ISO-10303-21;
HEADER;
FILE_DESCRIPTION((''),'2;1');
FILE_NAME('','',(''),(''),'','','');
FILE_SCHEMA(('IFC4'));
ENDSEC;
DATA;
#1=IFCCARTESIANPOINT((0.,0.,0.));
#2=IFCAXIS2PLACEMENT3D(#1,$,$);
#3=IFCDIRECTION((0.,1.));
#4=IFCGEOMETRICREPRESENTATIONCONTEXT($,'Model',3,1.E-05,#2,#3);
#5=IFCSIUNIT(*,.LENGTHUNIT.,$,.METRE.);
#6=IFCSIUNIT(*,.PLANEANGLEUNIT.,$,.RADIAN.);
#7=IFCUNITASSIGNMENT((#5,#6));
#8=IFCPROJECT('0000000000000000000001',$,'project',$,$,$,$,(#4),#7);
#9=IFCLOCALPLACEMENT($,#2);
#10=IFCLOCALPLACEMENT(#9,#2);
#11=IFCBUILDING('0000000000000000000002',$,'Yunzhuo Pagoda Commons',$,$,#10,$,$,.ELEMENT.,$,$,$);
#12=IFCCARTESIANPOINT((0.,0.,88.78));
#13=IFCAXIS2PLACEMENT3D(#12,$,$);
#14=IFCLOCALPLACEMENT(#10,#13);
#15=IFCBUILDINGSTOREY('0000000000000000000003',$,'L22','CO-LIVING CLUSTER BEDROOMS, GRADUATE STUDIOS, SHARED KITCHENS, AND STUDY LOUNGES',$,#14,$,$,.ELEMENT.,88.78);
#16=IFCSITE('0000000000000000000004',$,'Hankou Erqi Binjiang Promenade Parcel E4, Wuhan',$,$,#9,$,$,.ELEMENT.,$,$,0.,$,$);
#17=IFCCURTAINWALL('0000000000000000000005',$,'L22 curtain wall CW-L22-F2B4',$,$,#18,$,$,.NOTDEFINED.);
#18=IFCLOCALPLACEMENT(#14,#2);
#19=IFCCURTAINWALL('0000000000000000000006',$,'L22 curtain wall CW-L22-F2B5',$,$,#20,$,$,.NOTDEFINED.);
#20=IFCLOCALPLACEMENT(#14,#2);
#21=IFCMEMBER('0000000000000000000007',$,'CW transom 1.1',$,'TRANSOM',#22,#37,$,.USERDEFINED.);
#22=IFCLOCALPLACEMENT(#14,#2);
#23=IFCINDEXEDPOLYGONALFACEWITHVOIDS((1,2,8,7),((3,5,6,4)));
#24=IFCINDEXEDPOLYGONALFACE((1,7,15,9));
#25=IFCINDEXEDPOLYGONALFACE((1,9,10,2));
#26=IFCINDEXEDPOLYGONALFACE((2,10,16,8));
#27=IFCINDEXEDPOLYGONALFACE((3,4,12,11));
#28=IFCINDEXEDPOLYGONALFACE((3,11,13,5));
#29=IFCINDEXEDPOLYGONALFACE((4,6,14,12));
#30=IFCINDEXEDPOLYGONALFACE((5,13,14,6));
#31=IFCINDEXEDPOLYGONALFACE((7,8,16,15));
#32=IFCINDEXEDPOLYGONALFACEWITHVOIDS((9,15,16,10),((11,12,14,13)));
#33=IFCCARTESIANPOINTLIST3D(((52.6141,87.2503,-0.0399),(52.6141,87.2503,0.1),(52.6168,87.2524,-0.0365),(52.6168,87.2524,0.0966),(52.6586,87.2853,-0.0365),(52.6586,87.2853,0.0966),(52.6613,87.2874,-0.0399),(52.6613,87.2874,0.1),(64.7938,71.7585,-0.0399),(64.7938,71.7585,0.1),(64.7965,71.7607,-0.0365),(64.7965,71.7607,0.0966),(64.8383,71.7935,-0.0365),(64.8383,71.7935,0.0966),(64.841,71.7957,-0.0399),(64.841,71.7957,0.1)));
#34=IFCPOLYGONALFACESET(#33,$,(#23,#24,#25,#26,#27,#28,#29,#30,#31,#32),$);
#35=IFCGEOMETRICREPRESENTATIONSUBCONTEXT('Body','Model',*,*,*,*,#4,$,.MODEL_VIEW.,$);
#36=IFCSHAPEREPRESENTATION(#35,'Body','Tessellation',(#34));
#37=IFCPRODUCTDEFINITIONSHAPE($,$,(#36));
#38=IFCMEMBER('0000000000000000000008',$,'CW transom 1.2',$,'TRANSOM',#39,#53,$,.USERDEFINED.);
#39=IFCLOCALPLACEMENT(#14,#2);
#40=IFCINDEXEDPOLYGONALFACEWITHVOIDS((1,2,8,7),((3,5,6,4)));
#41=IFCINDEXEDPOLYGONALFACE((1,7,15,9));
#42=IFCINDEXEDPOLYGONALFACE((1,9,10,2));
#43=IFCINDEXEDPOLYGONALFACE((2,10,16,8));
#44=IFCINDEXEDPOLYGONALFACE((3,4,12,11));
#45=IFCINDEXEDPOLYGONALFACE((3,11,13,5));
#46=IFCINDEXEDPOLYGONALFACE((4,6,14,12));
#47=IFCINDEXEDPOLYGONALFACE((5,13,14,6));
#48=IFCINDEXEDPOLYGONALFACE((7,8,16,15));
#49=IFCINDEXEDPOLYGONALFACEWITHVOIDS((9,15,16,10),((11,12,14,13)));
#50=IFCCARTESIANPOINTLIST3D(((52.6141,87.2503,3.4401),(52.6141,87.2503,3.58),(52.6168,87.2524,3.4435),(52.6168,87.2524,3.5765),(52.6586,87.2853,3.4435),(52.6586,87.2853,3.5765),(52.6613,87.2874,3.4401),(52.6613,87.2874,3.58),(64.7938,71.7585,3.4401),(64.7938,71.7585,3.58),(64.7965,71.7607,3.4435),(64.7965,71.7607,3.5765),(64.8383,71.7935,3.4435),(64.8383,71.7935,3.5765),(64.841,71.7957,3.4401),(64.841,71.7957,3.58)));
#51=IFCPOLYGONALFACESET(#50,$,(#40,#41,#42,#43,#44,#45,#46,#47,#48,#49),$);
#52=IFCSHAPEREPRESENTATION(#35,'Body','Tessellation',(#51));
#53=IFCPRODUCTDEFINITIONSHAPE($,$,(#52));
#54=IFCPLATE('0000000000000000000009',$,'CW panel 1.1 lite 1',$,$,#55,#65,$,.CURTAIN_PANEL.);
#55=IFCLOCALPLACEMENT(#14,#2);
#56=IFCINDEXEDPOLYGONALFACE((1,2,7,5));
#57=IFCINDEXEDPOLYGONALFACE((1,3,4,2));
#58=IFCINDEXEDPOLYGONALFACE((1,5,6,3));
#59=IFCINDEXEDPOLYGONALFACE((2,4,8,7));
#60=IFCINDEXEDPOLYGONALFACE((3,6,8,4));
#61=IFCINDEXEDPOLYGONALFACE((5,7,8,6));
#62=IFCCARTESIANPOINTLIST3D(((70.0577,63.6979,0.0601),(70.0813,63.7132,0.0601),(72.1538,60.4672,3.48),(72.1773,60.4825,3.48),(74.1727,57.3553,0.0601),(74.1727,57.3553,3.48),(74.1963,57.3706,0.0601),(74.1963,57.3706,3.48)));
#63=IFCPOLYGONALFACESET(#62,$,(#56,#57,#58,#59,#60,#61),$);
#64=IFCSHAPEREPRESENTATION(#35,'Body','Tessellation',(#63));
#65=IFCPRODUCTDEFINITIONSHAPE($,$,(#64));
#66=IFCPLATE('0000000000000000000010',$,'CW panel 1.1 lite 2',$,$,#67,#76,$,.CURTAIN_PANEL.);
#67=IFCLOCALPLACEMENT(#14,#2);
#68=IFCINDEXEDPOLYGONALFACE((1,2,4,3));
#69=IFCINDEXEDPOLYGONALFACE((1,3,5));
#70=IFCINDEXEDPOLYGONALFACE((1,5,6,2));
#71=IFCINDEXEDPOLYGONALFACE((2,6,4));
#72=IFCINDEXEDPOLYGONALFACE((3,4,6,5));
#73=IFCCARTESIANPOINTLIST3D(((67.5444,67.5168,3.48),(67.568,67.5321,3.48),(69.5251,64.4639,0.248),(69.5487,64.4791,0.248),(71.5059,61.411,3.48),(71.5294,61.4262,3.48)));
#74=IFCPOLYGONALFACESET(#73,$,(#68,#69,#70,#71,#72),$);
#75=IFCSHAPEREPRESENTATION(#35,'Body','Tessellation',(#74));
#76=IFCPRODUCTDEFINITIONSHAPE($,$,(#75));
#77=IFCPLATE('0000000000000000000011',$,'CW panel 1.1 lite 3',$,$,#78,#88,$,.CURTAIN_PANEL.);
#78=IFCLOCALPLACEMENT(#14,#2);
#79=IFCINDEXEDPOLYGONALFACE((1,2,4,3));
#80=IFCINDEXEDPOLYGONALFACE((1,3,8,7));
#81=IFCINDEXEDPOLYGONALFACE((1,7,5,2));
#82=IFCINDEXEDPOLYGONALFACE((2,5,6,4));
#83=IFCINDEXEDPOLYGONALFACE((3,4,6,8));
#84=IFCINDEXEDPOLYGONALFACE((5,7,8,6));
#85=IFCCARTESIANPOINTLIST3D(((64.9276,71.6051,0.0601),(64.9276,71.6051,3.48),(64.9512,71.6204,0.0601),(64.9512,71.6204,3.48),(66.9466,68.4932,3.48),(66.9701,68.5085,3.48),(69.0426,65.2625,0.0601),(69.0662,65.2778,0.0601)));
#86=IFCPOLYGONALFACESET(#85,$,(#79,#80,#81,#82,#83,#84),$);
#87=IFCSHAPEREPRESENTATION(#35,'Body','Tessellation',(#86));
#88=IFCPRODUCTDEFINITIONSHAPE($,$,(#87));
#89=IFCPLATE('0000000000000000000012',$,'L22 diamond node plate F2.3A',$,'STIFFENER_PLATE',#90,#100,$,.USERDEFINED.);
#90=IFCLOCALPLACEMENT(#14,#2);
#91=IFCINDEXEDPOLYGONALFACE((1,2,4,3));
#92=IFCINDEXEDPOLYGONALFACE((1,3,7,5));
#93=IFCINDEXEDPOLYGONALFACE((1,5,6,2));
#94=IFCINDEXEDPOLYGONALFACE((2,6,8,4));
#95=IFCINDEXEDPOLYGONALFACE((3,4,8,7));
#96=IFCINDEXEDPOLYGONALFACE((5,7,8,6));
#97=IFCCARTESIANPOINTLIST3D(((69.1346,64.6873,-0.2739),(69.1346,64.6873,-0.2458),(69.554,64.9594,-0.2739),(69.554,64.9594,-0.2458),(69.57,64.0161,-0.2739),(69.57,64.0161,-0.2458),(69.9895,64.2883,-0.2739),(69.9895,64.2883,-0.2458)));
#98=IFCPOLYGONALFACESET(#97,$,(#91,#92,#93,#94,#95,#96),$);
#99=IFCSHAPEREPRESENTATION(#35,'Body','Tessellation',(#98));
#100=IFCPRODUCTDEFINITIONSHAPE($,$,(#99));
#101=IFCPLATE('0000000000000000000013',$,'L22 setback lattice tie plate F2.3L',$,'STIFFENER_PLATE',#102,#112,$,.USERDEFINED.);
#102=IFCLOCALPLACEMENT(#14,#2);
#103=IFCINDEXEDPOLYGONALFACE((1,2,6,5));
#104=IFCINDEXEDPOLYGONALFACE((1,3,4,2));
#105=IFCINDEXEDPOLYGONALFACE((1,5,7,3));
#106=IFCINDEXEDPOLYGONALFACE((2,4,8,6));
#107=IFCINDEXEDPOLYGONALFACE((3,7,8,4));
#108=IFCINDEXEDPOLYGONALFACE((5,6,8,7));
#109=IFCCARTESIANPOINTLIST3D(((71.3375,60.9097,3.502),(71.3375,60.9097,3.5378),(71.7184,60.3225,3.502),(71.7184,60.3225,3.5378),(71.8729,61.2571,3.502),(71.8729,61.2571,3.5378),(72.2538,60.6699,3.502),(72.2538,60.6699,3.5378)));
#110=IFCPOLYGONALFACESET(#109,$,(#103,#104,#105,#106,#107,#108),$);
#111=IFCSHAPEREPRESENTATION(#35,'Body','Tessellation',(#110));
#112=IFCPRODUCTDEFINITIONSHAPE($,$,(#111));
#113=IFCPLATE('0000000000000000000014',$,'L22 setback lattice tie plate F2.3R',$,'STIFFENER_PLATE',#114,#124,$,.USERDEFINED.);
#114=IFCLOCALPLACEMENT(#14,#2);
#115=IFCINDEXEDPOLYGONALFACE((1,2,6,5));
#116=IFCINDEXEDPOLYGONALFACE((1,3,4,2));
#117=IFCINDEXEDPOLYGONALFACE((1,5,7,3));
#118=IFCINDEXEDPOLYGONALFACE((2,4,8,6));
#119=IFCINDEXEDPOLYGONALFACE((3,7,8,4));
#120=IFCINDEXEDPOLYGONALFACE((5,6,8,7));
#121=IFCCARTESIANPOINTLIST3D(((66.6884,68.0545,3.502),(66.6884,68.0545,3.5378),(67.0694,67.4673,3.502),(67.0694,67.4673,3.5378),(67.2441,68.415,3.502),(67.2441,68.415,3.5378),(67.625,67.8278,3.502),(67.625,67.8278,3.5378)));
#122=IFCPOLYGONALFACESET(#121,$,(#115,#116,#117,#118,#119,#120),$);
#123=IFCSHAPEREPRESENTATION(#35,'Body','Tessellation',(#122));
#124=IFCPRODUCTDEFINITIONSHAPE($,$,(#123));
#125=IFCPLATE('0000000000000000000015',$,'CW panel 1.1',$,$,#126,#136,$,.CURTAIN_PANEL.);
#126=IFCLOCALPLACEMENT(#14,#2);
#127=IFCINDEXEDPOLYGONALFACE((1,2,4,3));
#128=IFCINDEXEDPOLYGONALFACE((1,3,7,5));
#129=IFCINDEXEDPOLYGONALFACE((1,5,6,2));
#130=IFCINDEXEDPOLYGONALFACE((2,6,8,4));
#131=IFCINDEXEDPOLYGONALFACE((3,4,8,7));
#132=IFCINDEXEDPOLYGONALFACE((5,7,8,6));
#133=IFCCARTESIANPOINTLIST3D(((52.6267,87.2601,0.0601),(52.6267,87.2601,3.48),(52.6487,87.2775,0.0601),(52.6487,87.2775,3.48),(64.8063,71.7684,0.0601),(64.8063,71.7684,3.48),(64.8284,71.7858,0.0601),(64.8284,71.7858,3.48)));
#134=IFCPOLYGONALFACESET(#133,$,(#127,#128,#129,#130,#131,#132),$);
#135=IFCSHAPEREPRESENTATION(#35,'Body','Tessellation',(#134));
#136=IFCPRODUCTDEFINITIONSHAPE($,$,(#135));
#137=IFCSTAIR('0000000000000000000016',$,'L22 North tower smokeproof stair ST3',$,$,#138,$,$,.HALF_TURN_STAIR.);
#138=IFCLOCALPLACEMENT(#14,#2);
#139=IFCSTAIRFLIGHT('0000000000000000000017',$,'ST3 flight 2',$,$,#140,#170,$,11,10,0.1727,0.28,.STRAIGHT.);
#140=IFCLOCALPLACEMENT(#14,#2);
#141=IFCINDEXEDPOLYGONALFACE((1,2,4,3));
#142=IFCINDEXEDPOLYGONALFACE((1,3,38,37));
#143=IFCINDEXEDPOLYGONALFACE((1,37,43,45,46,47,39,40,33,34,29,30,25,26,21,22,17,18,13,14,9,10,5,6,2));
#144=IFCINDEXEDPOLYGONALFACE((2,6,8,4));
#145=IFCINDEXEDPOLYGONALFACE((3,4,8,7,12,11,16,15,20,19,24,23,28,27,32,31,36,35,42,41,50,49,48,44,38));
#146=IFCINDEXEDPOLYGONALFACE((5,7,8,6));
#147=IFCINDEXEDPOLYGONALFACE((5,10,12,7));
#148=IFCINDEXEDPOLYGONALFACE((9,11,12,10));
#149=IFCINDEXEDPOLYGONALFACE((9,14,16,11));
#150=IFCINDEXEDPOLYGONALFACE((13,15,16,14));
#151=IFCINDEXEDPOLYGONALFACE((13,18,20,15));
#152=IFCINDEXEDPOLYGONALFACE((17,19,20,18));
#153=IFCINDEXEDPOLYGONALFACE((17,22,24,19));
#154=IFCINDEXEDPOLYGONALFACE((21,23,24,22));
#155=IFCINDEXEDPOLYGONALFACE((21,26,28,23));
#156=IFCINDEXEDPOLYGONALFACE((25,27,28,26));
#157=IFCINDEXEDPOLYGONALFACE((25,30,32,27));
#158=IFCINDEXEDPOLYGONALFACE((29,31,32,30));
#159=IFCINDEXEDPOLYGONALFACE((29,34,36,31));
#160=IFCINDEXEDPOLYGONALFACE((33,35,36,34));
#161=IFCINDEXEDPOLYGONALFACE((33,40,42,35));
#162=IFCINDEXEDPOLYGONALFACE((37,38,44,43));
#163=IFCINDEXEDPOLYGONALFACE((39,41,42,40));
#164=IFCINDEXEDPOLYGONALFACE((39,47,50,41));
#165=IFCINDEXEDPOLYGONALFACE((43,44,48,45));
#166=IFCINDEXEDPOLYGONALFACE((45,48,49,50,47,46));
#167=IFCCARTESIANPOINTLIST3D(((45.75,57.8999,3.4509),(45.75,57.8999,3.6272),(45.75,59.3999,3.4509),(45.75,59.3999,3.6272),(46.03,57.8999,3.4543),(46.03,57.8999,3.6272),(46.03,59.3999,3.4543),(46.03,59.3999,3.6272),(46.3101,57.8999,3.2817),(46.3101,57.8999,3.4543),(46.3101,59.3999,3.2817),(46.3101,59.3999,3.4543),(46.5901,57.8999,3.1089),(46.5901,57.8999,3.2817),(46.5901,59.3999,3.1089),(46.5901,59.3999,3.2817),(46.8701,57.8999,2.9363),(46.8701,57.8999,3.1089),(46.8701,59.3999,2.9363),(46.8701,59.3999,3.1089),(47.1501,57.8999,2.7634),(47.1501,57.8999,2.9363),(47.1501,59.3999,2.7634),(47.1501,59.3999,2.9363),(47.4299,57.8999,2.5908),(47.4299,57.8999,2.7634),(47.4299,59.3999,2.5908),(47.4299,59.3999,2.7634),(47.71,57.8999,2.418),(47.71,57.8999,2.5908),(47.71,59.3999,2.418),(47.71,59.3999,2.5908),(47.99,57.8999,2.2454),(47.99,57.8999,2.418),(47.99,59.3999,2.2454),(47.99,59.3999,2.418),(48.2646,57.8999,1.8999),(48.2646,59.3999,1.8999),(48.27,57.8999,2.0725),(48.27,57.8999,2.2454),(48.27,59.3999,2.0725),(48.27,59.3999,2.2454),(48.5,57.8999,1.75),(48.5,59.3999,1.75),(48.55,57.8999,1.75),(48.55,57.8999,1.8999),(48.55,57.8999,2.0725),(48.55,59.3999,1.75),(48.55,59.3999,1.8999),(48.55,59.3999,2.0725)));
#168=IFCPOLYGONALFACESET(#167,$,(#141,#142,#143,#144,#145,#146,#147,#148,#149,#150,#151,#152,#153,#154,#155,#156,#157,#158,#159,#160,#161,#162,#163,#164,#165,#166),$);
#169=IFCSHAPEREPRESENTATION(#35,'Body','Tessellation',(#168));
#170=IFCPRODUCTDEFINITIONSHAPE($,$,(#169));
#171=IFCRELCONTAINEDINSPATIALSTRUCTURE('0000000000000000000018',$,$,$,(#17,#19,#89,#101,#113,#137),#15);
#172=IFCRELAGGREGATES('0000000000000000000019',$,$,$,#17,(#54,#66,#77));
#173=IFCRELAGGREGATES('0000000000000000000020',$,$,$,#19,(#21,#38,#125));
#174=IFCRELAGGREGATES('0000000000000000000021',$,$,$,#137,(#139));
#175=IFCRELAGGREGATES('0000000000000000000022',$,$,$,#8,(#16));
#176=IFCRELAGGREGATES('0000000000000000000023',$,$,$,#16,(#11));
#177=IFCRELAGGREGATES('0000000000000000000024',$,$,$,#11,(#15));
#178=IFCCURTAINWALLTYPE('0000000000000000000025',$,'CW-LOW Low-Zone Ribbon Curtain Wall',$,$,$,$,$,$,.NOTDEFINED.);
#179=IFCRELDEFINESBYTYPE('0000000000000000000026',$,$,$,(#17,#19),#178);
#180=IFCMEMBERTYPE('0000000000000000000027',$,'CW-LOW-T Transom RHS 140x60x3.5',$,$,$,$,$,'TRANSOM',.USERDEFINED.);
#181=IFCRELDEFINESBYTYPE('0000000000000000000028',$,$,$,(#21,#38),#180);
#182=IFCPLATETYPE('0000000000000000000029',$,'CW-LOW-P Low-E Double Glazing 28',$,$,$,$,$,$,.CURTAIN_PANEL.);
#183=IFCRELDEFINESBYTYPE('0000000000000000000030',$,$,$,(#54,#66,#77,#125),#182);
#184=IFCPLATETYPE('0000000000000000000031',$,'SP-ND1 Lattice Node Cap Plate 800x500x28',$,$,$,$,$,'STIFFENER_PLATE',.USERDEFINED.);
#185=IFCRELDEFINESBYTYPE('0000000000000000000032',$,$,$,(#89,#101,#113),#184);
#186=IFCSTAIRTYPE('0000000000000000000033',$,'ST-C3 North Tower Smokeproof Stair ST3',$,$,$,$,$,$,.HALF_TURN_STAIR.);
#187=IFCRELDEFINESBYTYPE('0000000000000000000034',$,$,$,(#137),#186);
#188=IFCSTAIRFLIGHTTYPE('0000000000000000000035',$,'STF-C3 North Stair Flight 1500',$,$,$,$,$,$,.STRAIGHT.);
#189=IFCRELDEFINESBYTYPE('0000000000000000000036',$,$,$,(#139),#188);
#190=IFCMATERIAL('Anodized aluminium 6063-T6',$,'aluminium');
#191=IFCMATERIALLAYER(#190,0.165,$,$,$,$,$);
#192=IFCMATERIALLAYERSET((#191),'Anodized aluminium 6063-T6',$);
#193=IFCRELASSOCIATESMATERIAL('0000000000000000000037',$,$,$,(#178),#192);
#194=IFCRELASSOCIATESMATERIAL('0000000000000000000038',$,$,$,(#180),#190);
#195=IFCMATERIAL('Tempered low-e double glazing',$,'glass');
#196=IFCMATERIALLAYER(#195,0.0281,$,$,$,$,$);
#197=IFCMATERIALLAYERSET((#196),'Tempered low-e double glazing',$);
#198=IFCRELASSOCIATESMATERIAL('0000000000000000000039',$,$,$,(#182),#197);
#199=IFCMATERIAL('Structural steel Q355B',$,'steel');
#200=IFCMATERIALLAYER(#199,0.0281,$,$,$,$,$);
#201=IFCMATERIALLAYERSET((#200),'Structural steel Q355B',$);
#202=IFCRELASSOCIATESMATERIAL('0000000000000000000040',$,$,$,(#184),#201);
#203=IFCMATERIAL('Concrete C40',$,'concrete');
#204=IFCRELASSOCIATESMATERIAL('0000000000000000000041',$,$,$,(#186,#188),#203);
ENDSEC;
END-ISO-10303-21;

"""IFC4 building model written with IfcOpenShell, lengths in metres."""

from ifc_helpers import new_model, si_unit, direction, frame, origin, origin_2d, place, context, subcontext, project, spatial, polyline, rectangle, hollow_rectangle, outline, extrude, source, transform, mapped, material, layer, layer_set, material_profile, profile_set, type_object, element, aggregate, save


model = new_model("IFC4")

# Units and contexts
model_context = context("Model", 3, precision=1e-05, world=origin(), true_north=direction((0.0, 1.0)))
body_context = subcontext(model_context, "Body", "Model", "MODEL_VIEW")
ifc_project = project(units=[si_unit("LENGTHUNIT", "METRE"), si_unit("PLANEANGLEUNIT", "RADIAN")], contexts=[model_context])

# Site, building, storey
site_placement = place(None, origin())
site = spatial("IfcSite", under=ifc_project, at=site_placement, Name="Hankou Erqi Binjiang Promenade Parcel E4, Wuhan", CompositionType="ELEMENT", RefElevation=0.0)
building_placement = place(site_placement, origin())
building = spatial("IfcBuilding", under=site, at=building_placement, Name="Yunzhuo Pagoda Commons", CompositionType="ELEMENT")
storey_placement = place(building_placement, frame((0.0, 0.0, 88.78)))
storey = spatial("IfcBuildingStorey", under=building, at=storey_placement, Name="L22", Description="CO-LIVING CLUSTER BEDROOMS, GRADUATE STUDIOS, SHARED KITCHENS, AND STUDY LOUNGES", CompositionType="ELEMENT", Elevation=88.78)

# Shared definitions
ifc_material_1 = material(Name="Structural steel Q355B", Category="steel")

# Curtain wall
ifc_material_2 = material(Name="Anodized aluminium 6063-T6", Category="aluminium")
ifc_layer_1 = layer(ifc_material_2, 0.165)
ifc_layer_set_1 = layer_set([ifc_layer_1], Name="Anodized aluminium 6063-T6")
curtain_wall_type = type_object("IfcCurtainWallType", Name="CW-LOW Low-Zone Ribbon Curtain Wall", PredefinedType="NOTDEFINED", material=ifc_layer_set_1)
curtain_wall_1_placement = place(storey_placement, origin())
curtain_wall_1 = element("IfcCurtainWall", 1, at=curtain_wall_1_placement, inside=storey, type_object=curtain_wall_type, Name="L22 curtain wall CW-L22-F2B4", PredefinedType="NOTDEFINED")

# Curtain wall, members
curtain_wall_2_placement = place(storey_placement, origin())
curtain_wall_2 = element("IfcCurtainWall", 2, at=curtain_wall_2_placement, inside=storey, type_object=curtain_wall_type, Name="L22 curtain wall CW-L22-F2B5", PredefinedType="NOTDEFINED")
ifc_material_profile_1 = material_profile(ifc_material_2, hollow_rectangle(XDim=0.0601, YDim=0.1399, WallThickness=0.0034, at=origin_2d()), Name="Anodized aluminium 6063-T6")
ifc_profile_set_1 = profile_set([ifc_material_profile_1], Name="Anodized aluminium 6063-T6")
member_type_1 = type_object("IfcMemberType", Name="CW-LOW-T Transom RHS 140x60x3.5", ElementType="TRANSOM", PredefinedType="USERDEFINED", material=ifc_profile_set_1)
shared_shape_1 = source(origin(), body_context, "Body", "SweptSolid", [
    extrude(hollow_rectangle(XDim=0.0601, YDim=0.1399, WallThickness=0.0034, at=origin_2d()), origin(), (0.0, 0.0, 1.0), 19.7063),
])
member_1_placement = place(storey_placement, frame((64.8174, 71.7771, 0.03), z_axis=(-0.618061, 0.78613, 0.0), x_axis=(-0.78613, -0.618061, 0.0)))
member_1 = element("IfcMember", 3, at=member_1_placement, type_object=member_type_1, Name="CW transom 1.1", ObjectType="TRANSOM", PredefinedType="USERDEFINED", context=body_context, shape_type="MappedRepresentation", body=[
    mapped(shared_shape_1, transform((0.0, 0.0, 0.0), scale=1.0)),
])
member_2_placement = place(storey_placement, frame((64.8174, 71.7771, 3.51), z_axis=(-0.618061, 0.78613, 0.0), x_axis=(-0.78613, -0.618061, 0.0)))
member_2 = element("IfcMember", 4, at=member_2_placement, type_object=member_type_1, Name="CW transom 1.2", ObjectType="TRANSOM", PredefinedType="USERDEFINED", context=body_context, shape_type="MappedRepresentation", body=[
    mapped(shared_shape_1, transform((0.0, 0.0, 0.0), scale=1.0)),
])

# Plates
ifc_material_3 = material(Name="Tempered low-e double glazing", Category="glass")
ifc_layer_2 = layer(ifc_material_3, 0.0281)
ifc_layer_set_2 = layer_set([ifc_layer_2], Name="Tempered low-e double glazing")
plate_type_1 = type_object("IfcPlateType", Name="CW-LOW-P Low-E Double Glazing 28", PredefinedType="CURTAIN_PANEL", material=ifc_layer_set_2)
plate_1_placement = place(storey_placement, frame((72.1152, 60.5266, 1.77), z_axis=(0.838907, 0.544275, 0.0), x_axis=(-0.544275, 0.838907, 0.0)))
plate_1 = element("IfcPlate", 5, at=plate_1_placement, type_object=plate_type_1, Name="CW panel 1.1 lite 1", PredefinedType="CURTAIN_PANEL", context=body_context, shape_type="SweptSolid", body=[
    extrude(outline(polyline([(-3.7803, -1.71), (3.7803, -1.71), (-0.0708, 1.71), (-3.7803, 1.71), (-3.7803, -1.71)])), origin(), (0.0, 0.0, 1.0), 0.0281),
])
plate_2_placement = place(storey_placement, frame((69.5251, 64.4639, 1.864), z_axis=(0.838907, 0.544275, 0.0), x_axis=(-0.544275, 0.838907, 0.0)))
plate_2 = element("IfcPlate", 6, at=plate_2_placement, type_object=plate_type_1, Name="CW panel 1.1 lite 2", PredefinedType="CURTAIN_PANEL", context=body_context, shape_type="SweptSolid", body=[
    extrude(outline(polyline([(-3.6392, 1.616), (0.0, -1.616), (3.6392, 1.616), (-3.6392, 1.616)])), origin(), (0.0, 0.0, 1.0), 0.0281),
])
plate_3_placement = place(storey_placement, frame((66.9851, 68.4338, 1.77), z_axis=(0.838907, 0.544275, 0.0), x_axis=(-0.544275, 0.838907, 0.0)))
plate_3 = element("IfcPlate", 7, at=plate_3_placement, type_object=plate_type_1, Name="CW panel 1.1 lite 3", PredefinedType="CURTAIN_PANEL", context=body_context, shape_type="SweptSolid", body=[
    extrude(outline(polyline([(-3.7803, -1.71), (3.7803, -1.71), (3.7803, 1.71), (0.0708, 1.71), (-3.7803, -1.71)])), origin(), (0.0, 0.0, 1.0), 0.0281),
])
aggregate(curtain_wall_1, [plate_1, plate_2, plate_3])

# Plates
ifc_layer_3 = layer(ifc_material_1, 0.0281)
ifc_layer_set_3 = layer_set([ifc_layer_3], Name="Structural steel Q355B")
plate_type_2 = type_object("IfcPlateType", Name="SP-ND1 Lattice Node Cap Plate 800x500x28", ElementType="STIFFENER_PLATE", PredefinedType="USERDEFINED", material=ifc_layer_set_3)
shared_shape_2 = source(origin(), body_context, "Body", "SweptSolid", [
    extrude(rectangle(XDim=0.8, YDim=0.5, at=origin_2d()), origin(), (0.0, 0.0, 1.0), 0.0281),
])
plate_4_placement = place(storey_placement, frame((69.562, 64.4878, -0.2739), z_axis=(0.0, 0.0, 1.0), x_axis=(-0.544273, 0.838908, 0.0)))
element("IfcPlate", 8, at=plate_4_placement, inside=storey, type_object=plate_type_2, Name="L22 diamond node plate F2.3A", ObjectType="STIFFENER_PLATE", PredefinedType="USERDEFINED", context=body_context, shape_type="MappedRepresentation", body=[
    mapped(shared_shape_2, transform((0.0, 0.0, 0.0), scale=1.0)),
])
shared_shape_3 = source(origin(), body_context, "Body", "SweptSolid", [
    extrude(rectangle(XDim=0.7, YDim=0.6382, at=origin_2d()), origin(), (0.0, 0.0, 1.0), 0.0359),
])
plate_5_placement = place(storey_placement, frame((71.7957, 60.7898, 3.502), z_axis=(0.0, 0.0, 1.0), x_axis=(-0.544273, 0.838908, 0.0)))
element("IfcPlate", 9, at=plate_5_placement, inside=storey, type_object=plate_type_2, Name="L22 setback lattice tie plate F2.3L", ObjectType="STIFFENER_PLATE", PredefinedType="USERDEFINED", context=body_context, shape_type="MappedRepresentation", body=[
    mapped(shared_shape_3, transform((0.0, 0.0, 0.0), scale=1.0)),
])
shared_shape_4 = source(origin(), body_context, "Body", "SweptSolid", [
    extrude(rectangle(XDim=0.7, YDim=0.6624, at=origin_2d()), origin(), (0.0, 0.0, 1.0), 0.0359),
])
plate_6_placement = place(storey_placement, frame((67.1567, 67.9412, 3.502), z_axis=(0.0, 0.0, 1.0), x_axis=(-0.544273, 0.838908, 0.0)))
element("IfcPlate", 10, at=plate_6_placement, inside=storey, type_object=plate_type_2, Name="L22 setback lattice tie plate F2.3R", ObjectType="STIFFENER_PLATE", PredefinedType="USERDEFINED", context=body_context, shape_type="MappedRepresentation", body=[
    mapped(shared_shape_4, transform((0.0, 0.0, 0.0), scale=1.0)),
])

# Plate
shared_shape_5 = source(origin(), body_context, "Body", "SweptSolid", [
    extrude(rectangle(XDim=19.7063, YDim=0.0281, at=origin_2d()), origin(), (0.0, 0.0, 1.0), 3.4199),
])
plate_7_placement = place(storey_placement, frame((58.7275, 79.5229, 0.0601), z_axis=(0.0, 0.0, 1.0), x_axis=(-0.61806, 0.786131, 0.0)))
plate_7 = element("IfcPlate", 11, at=plate_7_placement, type_object=plate_type_1, Name="CW panel 1.1", PredefinedType="CURTAIN_PANEL", context=body_context, shape_type="MappedRepresentation", body=[
    mapped(shared_shape_5, transform((0.0, 0.0, 0.0), scale=1.0)),
])
aggregate(curtain_wall_2, [member_1, member_2, plate_7])

# Stair, stair flight
ifc_material_4 = material(Name="Concrete C40", Category="concrete")
stair_type = type_object("IfcStairType", Name="ST-C3 North Tower Smokeproof Stair ST3", PredefinedType="HALF_TURN_STAIR", material=ifc_material_4)
stair_placement = place(storey_placement, origin())
stair = element("IfcStair", 12, at=stair_placement, inside=storey, type_object=stair_type, Name="L22 North tower smokeproof stair ST3", PredefinedType="HALF_TURN_STAIR")
stair_flight_type = type_object("IfcStairFlightType", Name="STF-C3 North Stair Flight 1500", PredefinedType="STRAIGHT", material=ifc_material_4)
shared_shape_6 = source(origin(), body_context, "Body", "SweptSolid", [
    extrude(outline(polyline([(0.0, -0.1499), (0.0, 0.0), (0.0, 0.1726), (0.28, 0.1726), (0.28, 0.3455), (0.5601, 0.3455), (0.5601, 0.5181), (0.8401, 0.5181), (0.8401, 0.6909), (1.1201, 0.6909), (1.1201, 0.8635), (1.3999, 0.8635), (1.3999, 1.0364), (1.6799, 1.0364), (1.6799, 1.209), (1.96, 1.209), (1.96, 1.3818), (2.24, 1.3818), (2.24, 1.5544), (2.52, 1.5544), (2.52, 1.7273), (2.8, 1.7273), (2.8, 1.8999), (2.8, 1.551), (0.2854, 0.0), (0.05, -0.1499), (0.0, -0.1499)])), frame((0.0, 0.75, 0.0), z_axis=(0.0, -1.0, 0.0), x_axis=(1.0, 0.0, 0.0)), (0.0, 0.0, 1.0), 1.5),
])
stair_flight_placement = place(storey_placement, frame((48.55, 58.6499, 1.8999), z_axis=(0.0, 0.0, 1.0), x_axis=(-1.0, 0.0, 0.0)))
stair_flight = element("IfcStairFlight", 13, at=stair_flight_placement, type_object=stair_flight_type, Name="ST3 flight 2", NumberOfRisers=11, NumberOfTreads=10, PredefinedType="STRAIGHT", RiserHeight=0.1727, TreadLength=0.28, context=body_context, shape_type="MappedRepresentation", body=[
    mapped(shared_shape_6, transform((0.0, 0.0, 0.0), scale=1.0)),
])
aggregate(stair, [stair_flight])

save(model, "model.ifc")
